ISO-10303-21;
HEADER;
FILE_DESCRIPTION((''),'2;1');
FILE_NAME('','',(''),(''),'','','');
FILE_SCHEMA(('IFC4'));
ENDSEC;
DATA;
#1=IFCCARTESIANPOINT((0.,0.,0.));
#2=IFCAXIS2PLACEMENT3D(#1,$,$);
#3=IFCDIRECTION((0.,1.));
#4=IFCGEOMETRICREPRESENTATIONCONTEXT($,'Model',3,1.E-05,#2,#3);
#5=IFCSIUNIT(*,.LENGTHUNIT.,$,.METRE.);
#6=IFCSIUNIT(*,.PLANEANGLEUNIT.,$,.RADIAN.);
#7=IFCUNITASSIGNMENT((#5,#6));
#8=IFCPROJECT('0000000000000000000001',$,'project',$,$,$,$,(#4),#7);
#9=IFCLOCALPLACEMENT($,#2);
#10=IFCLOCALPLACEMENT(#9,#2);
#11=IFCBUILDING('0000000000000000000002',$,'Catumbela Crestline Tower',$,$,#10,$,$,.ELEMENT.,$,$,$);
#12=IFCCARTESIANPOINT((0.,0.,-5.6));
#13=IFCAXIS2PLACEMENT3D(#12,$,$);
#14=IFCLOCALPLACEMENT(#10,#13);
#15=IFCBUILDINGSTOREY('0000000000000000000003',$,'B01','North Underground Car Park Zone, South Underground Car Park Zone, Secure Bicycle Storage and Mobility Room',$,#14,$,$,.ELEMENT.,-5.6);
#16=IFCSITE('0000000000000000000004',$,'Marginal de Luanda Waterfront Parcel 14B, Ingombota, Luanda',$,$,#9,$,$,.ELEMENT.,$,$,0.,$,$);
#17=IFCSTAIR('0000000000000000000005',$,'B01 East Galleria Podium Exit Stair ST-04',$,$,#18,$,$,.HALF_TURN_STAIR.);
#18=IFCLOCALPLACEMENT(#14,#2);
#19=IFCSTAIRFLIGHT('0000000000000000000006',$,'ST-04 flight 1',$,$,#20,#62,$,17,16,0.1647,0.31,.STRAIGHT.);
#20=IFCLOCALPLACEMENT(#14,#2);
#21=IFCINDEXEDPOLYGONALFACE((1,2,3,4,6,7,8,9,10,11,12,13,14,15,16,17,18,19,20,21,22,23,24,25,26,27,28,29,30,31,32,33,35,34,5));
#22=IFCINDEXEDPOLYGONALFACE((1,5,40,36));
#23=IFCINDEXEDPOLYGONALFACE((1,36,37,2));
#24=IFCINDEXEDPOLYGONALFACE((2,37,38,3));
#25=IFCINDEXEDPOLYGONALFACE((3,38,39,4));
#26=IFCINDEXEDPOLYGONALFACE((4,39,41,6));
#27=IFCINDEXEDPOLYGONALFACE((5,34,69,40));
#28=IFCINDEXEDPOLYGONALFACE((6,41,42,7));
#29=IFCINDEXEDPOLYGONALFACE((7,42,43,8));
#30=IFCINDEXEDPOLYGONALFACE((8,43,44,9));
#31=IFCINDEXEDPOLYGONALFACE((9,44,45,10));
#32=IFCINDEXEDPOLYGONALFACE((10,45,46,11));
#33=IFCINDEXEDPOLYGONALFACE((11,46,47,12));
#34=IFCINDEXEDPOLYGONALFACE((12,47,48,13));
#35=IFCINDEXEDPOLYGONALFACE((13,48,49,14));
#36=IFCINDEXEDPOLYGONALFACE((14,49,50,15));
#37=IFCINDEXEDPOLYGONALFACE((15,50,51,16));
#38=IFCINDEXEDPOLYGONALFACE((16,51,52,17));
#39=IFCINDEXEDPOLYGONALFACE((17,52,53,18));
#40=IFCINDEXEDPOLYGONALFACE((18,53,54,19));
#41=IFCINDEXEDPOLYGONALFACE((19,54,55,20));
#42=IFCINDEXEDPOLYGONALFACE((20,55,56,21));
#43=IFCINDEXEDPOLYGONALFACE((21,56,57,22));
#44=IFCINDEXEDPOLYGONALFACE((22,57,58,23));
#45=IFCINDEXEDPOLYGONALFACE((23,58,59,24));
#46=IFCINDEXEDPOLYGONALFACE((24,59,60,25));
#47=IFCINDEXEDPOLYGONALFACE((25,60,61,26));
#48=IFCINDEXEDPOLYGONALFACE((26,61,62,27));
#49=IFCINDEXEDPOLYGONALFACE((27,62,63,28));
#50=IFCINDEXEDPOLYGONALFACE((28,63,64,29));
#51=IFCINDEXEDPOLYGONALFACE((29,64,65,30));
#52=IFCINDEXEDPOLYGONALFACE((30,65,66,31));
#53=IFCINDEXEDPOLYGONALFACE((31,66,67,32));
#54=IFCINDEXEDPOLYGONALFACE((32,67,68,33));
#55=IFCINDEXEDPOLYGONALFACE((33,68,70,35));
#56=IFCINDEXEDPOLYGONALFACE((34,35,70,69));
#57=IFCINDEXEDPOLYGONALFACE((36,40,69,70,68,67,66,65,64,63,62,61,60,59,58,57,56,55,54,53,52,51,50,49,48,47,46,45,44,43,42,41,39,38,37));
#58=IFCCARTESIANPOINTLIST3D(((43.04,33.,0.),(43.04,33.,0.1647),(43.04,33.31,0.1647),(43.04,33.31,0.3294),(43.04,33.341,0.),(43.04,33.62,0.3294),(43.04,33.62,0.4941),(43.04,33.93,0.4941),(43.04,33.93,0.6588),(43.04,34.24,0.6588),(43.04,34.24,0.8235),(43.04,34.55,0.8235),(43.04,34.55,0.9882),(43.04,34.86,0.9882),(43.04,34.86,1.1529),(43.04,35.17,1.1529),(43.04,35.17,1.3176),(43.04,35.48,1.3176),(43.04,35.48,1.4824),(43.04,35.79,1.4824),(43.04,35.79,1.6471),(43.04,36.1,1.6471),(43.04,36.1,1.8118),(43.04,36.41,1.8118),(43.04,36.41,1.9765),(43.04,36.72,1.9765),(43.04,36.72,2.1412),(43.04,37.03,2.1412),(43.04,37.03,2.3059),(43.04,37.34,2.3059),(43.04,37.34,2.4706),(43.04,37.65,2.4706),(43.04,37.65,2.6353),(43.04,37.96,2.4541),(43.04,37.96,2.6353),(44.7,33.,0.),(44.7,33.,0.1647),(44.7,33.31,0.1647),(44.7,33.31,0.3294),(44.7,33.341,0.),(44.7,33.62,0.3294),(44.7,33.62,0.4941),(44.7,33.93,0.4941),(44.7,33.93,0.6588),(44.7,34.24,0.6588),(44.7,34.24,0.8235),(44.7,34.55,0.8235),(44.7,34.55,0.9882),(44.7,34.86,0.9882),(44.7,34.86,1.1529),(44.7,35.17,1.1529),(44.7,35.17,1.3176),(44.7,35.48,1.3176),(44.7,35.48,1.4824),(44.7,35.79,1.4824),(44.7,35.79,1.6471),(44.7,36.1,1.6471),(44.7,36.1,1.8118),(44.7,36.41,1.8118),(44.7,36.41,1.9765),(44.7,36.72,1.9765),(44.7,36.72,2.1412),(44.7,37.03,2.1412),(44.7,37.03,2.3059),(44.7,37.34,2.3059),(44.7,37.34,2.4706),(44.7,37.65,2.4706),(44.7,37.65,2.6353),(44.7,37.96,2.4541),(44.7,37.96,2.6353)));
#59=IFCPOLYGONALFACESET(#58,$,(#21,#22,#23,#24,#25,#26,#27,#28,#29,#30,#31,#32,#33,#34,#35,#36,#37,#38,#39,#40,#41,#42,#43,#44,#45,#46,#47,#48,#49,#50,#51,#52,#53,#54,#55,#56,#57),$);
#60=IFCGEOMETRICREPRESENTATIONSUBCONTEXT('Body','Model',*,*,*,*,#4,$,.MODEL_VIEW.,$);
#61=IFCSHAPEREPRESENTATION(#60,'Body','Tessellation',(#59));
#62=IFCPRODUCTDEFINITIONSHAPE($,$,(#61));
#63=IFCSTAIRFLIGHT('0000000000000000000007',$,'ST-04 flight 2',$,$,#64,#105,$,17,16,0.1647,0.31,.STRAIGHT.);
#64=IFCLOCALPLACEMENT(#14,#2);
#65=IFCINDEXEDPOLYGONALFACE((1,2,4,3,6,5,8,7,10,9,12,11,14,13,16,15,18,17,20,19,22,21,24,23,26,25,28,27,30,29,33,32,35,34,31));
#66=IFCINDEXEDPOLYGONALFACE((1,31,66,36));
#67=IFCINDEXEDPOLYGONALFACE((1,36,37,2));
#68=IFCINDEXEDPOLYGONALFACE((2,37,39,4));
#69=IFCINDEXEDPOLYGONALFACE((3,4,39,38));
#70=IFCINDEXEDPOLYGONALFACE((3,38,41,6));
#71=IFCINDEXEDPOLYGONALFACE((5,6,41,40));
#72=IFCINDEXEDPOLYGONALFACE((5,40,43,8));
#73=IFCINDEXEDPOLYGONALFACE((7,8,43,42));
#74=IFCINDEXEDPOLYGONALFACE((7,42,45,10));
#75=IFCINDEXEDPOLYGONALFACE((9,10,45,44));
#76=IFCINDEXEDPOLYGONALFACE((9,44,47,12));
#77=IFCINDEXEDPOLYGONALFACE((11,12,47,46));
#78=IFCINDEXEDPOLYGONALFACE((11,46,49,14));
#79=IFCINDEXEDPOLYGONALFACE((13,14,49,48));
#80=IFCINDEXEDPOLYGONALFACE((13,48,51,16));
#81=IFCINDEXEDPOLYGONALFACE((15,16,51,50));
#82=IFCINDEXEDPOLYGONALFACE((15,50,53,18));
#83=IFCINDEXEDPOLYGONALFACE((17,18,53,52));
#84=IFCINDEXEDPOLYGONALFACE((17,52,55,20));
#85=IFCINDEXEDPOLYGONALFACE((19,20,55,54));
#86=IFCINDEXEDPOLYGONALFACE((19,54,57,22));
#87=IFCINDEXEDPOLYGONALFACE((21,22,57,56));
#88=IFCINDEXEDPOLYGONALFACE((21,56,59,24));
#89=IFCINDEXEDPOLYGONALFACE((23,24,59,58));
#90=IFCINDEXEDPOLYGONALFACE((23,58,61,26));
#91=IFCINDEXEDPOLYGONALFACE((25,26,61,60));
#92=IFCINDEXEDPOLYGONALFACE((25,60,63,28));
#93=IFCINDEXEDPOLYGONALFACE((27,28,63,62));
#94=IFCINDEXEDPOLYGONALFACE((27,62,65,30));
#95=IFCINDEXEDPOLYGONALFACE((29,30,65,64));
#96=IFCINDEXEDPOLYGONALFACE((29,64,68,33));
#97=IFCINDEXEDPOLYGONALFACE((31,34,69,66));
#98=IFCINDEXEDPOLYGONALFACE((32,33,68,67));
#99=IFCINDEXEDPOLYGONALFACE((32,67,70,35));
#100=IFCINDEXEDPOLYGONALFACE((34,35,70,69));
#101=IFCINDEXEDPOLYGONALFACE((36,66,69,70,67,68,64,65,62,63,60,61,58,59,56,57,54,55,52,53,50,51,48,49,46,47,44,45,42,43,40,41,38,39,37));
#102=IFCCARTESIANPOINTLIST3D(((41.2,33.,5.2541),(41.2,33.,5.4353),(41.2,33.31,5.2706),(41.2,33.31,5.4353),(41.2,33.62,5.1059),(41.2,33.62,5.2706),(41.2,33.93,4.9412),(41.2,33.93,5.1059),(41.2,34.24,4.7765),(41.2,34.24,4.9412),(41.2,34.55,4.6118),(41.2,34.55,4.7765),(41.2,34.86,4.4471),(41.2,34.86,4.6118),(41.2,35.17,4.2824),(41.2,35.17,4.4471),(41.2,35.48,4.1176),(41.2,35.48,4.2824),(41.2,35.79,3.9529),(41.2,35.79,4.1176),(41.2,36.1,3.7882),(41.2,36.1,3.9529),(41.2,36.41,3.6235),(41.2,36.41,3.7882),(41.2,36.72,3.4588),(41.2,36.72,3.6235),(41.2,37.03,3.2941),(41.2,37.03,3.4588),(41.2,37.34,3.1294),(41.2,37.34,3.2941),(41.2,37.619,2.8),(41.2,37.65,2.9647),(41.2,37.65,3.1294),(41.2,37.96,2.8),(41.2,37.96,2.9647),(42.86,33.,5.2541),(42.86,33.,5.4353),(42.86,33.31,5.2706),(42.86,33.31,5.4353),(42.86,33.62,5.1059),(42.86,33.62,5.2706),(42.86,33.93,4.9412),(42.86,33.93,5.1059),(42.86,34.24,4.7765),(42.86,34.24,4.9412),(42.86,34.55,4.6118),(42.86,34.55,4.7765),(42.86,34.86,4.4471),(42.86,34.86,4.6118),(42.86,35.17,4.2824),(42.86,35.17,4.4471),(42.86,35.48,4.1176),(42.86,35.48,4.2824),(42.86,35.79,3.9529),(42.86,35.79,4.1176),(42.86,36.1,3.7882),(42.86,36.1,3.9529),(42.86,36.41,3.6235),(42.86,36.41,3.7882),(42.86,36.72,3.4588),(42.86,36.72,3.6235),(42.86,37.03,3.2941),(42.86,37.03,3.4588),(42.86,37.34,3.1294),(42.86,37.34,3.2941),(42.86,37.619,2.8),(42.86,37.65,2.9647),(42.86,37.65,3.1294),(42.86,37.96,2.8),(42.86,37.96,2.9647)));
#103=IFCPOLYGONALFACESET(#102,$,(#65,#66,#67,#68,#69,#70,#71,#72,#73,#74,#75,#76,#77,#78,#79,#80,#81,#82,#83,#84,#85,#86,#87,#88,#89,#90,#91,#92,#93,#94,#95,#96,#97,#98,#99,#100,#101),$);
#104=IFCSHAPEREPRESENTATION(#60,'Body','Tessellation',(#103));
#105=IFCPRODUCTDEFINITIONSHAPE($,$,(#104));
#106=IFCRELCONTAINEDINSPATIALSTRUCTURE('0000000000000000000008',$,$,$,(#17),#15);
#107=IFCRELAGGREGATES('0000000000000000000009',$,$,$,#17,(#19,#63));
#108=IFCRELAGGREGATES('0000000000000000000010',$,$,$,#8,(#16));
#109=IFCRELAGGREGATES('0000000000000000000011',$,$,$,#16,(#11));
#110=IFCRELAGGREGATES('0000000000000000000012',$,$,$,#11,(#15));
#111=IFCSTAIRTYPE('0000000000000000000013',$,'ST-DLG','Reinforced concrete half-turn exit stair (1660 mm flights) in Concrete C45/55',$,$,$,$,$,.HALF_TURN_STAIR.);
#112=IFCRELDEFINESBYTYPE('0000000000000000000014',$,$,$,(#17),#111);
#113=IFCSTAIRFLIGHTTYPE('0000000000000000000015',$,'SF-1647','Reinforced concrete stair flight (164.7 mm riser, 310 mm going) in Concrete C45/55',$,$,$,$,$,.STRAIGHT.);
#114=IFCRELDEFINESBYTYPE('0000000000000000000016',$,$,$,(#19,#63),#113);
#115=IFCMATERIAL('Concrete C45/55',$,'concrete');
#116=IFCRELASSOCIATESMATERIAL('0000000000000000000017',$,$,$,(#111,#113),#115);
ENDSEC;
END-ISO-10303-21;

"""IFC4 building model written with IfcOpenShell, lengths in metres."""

from ifc_helpers import new_model, si_unit, direction, frame, origin, place, context, subcontext, project, spatial, polyline, outline, extrude, material, type_object, element, aggregate, save


model = new_model("IFC4")

# Units and contexts
model_context = context("Model", 3, precision=1e-05, world=origin(), true_north=direction((0.0, 1.0)))
body_context = subcontext(model_context, "Body", "Model", "MODEL_VIEW")
ifc_project = project(units=[si_unit("LENGTHUNIT", "METRE"), si_unit("PLANEANGLEUNIT", "RADIAN")], contexts=[model_context])

# Site, building, storey
site_placement = place(None, origin())
site = spatial("IfcSite", under=ifc_project, at=site_placement, Name="Marginal de Luanda Waterfront Parcel 14B, Ingombota, Luanda", CompositionType="ELEMENT", RefElevation=0.0)
building_placement = place(site_placement, origin())
building = spatial("IfcBuilding", under=site, at=building_placement, Name="Catumbela Crestline Tower", CompositionType="ELEMENT")
storey_placement = place(building_placement, frame((0.0, 0.0, -5.6)))
storey = spatial("IfcBuildingStorey", under=building, at=storey_placement, Name="B01", Description="North Underground Car Park Zone, South Underground Car Park Zone, Secure Bicycle Storage and Mobility Room", CompositionType="ELEMENT", Elevation=-5.6)

# Stair, stair flights
ifc_material_1 = material(Name="Concrete C45/55", Category="concrete")
stair_type = type_object("IfcStairType", Name="ST-DLG", Description="Reinforced concrete half-turn exit stair (1660 mm flights) in Concrete C45/55", PredefinedType="HALF_TURN_STAIR", material=ifc_material_1)
stair_placement = place(storey_placement, origin())
stair = element("IfcStair", 1, at=stair_placement, inside=storey, type_object=stair_type, Name="B01 East Galleria Podium Exit Stair ST-04", PredefinedType="HALF_TURN_STAIR")
stair_flight_type = type_object("IfcStairFlightType", Name="SF-1647", Description="Reinforced concrete stair flight (164.7 mm riser, 310 mm going) in Concrete C45/55", PredefinedType="STRAIGHT", material=ifc_material_1)
stair_flight_1_placement = place(storey_placement, frame((43.87, 33.0, 0.0), z_axis=(0.0, 0.0, 1.0), x_axis=(0.0, 1.0, 0.0)))
stair_flight_1 = element("IfcStairFlight", 2, at=stair_flight_1_placement, type_object=stair_flight_type, Name="ST-04 flight 1", NumberOfRisers=17, NumberOfTreads=16, PredefinedType="STRAIGHT", RiserHeight=0.1647, TreadLength=0.31, context=body_context, shape_type="SweptSolid", body=[
    extrude(outline(polyline([(0.0, 0.0), (0.0, 0.1647), (0.31, 0.1647), (0.31, 0.3294), (0.62, 0.3294), (0.62, 0.4941), (0.93, 0.4941), (0.93, 0.6588), (1.24, 0.6588), (1.24, 0.8235), (1.55, 0.8235), (1.55, 0.9882), (1.86, 0.9882), (1.86, 1.1529), (2.17, 1.1529), (2.17, 1.3176), (2.48, 1.3176), (2.48, 1.4824), (2.79, 1.4824), (2.79, 1.6471), (3.1, 1.6471), (3.1, 1.8118), (3.41, 1.8118), (3.41, 1.9765), (3.72, 1.9765), (3.72, 2.1412), (4.03, 2.1412), (4.03, 2.3059), (4.34, 2.3059), (4.34, 2.4706), (4.65, 2.4706), (4.65, 2.6353), (4.96, 2.6353), (4.96, 2.8), (4.96, 2.4541), (0.341, 0.0), (0.0, 0.0)])), frame((0.0, 0.83, 0.0), z_axis=(0.0, -1.0, 0.0), x_axis=(1.0, 0.0, 0.0)), (0.0, 0.0, 1.0), 1.66),
])
stair_flight_2_placement = place(storey_placement, frame((42.03, 37.96, 2.8), z_axis=(0.0, 0.0, 1.0), x_axis=(0.0, -1.0, 0.0)))
stair_flight_2 = element("IfcStairFlight", 3, at=stair_flight_2_placement, type_object=stair_flight_type, Name="ST-04 flight 2", NumberOfRisers=17, NumberOfTreads=16, PredefinedType="STRAIGHT", RiserHeight=0.1647, TreadLength=0.31, context=body_context, shape_type="SweptSolid", body=[
    extrude(outline(polyline([(0.0, 0.0), (0.0, 0.1647), (0.31, 0.1647), (0.31, 0.3294), (0.62, 0.3294), (0.62, 0.4941), (0.93, 0.4941), (0.93, 0.6588), (1.24, 0.6588), (1.24, 0.8235), (1.55, 0.8235), (1.55, 0.9882), (1.86, 0.9882), (1.86, 1.1529), (2.17, 1.1529), (2.17, 1.3176), (2.48, 1.3176), (2.48, 1.4824), (2.79, 1.4824), (2.79, 1.6471), (3.1, 1.6471), (3.1, 1.8118), (3.41, 1.8118), (3.41, 1.9765), (3.72, 1.9765), (3.72, 2.1412), (4.03, 2.1412), (4.03, 2.3059), (4.34, 2.3059), (4.34, 2.4706), (4.65, 2.4706), (4.65, 2.6353), (4.96, 2.6353), (4.96, 2.8), (4.96, 2.4541), (0.341, 0.0), (0.0, 0.0)])), frame((0.0, 0.83, 0.0), z_axis=(0.0, -1.0, 0.0), x_axis=(1.0, 0.0, 0.0)), (0.0, 0.0, 1.0), 1.66),
])
aggregate(stair, [stair_flight_1, stair_flight_2])

save(model, "model.ifc")
